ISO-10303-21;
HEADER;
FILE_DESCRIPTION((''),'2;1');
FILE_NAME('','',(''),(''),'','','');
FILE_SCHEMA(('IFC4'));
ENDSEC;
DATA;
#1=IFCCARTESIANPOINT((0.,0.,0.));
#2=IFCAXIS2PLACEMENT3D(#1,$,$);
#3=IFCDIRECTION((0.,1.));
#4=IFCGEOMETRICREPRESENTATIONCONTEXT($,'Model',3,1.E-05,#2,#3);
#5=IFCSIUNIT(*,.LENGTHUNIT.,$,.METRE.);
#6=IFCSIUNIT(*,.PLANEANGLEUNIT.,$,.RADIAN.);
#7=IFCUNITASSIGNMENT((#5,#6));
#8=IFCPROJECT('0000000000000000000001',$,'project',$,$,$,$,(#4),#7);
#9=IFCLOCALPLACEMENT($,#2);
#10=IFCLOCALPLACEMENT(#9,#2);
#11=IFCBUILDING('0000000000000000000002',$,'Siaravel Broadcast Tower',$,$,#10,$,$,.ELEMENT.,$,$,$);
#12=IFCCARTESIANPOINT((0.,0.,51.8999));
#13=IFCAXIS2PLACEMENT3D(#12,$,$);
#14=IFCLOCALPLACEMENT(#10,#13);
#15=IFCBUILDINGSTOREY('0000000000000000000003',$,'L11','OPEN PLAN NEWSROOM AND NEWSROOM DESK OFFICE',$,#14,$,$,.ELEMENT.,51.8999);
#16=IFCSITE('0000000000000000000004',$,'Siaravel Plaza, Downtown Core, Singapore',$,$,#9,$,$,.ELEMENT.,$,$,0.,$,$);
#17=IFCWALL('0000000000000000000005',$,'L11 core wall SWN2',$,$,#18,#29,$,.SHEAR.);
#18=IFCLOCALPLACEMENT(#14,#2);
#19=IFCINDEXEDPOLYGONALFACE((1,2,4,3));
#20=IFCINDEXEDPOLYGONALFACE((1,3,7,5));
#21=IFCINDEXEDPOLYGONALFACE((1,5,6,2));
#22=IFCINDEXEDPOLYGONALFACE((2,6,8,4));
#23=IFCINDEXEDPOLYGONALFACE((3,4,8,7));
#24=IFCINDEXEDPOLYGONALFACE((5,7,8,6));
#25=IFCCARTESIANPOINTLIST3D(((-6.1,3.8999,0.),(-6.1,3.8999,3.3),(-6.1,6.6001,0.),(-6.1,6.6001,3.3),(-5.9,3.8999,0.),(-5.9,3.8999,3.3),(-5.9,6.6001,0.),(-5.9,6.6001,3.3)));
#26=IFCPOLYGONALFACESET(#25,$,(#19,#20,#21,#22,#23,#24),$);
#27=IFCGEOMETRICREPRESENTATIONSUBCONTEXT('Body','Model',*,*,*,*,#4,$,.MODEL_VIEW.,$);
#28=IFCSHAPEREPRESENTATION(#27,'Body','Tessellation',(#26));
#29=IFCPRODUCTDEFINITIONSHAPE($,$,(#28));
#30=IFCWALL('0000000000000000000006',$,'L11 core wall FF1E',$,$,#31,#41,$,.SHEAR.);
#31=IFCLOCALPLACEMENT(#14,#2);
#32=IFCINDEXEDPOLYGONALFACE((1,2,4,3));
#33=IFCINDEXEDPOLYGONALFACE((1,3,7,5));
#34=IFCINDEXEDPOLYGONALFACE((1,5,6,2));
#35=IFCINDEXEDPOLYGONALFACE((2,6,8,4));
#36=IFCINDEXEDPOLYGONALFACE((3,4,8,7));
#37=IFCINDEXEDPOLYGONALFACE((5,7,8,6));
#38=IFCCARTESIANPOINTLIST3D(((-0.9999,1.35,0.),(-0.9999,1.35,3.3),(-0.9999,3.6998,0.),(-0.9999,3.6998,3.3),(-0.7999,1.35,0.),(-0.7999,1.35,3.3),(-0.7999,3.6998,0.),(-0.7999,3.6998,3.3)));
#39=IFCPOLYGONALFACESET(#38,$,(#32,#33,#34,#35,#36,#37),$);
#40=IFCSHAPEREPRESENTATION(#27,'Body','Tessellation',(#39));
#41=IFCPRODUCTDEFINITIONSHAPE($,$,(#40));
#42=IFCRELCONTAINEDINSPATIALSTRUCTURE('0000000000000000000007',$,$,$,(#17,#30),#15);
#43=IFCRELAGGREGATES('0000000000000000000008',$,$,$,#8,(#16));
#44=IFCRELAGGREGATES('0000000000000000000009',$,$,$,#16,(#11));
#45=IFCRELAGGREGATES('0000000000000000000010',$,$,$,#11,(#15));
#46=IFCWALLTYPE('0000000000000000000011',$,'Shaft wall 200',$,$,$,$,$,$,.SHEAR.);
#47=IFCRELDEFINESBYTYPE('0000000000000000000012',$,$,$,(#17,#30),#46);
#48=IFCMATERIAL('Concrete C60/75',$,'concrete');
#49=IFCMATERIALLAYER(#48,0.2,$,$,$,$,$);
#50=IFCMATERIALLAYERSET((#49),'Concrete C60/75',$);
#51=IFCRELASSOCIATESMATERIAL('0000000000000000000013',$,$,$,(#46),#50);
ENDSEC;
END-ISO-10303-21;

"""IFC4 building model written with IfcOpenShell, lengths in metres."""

from ifc_helpers import new_model, si_unit, direction, frame, frame_2d, origin, place, context, subcontext, project, spatial, rectangle, extrude, material, layer, layer_set, type_object, element, save


model = new_model("IFC4")

# Units and contexts
model_context = context("Model", 3, precision=1e-05, world=origin(), true_north=direction((0.0, 1.0)))
body_context = subcontext(model_context, "Body", "Model", "MODEL_VIEW")
ifc_project = project(units=[si_unit("LENGTHUNIT", "METRE"), si_unit("PLANEANGLEUNIT", "RADIAN")], contexts=[model_context])

# Site, building, storey
site_placement = place(None, origin())
site = spatial("IfcSite", under=ifc_project, at=site_placement, Name="Siaravel Plaza, Downtown Core, Singapore", CompositionType="ELEMENT", RefElevation=0.0)
building_placement = place(site_placement, origin())
building = spatial("IfcBuilding", under=site, at=building_placement, Name="Siaravel Broadcast Tower", CompositionType="ELEMENT")
storey_placement = place(building_placement, frame((0.0, 0.0, 51.8999)))
storey = spatial("IfcBuildingStorey", under=building, at=storey_placement, Name="L11", Description="OPEN PLAN NEWSROOM AND NEWSROOM DESK OFFICE", CompositionType="ELEMENT", Elevation=51.8999)

# Shared definitions
ifc_material_1 = material(Name="Concrete C60/75", Category="concrete")

# Walls
ifc_layer_1 = layer(ifc_material_1, 0.2)
ifc_layer_set_1 = layer_set([ifc_layer_1], Name="Concrete C60/75")
wall_type_1 = type_object("IfcWallType", Name="Shaft wall 200", PredefinedType="SHEAR", material=ifc_layer_set_1)
for number, where, z_axis, x_axis, name in (
    (1, (-6.0, 3.8999, 0.0), (0.0, 0.0, 1.0), (0.0, 1.0, 0.0), "L11 core wall SWN2"),
):
    element("IfcWall", number, at=place(storey_placement, frame(where, z_axis=z_axis, x_axis=x_axis)), inside=storey, type_object=wall_type_1, Name=name, PredefinedType="SHEAR", context=body_context, shape_type="SweptSolid", body=[
        extrude(rectangle(XDim=2.7002, YDim=0.2, at=frame_2d((1.3501, 0.0))), origin(), (0.0, 0.0, 1.0), 3.3),
    ])
wall_1_placement = place(storey_placement, frame((-0.8999, 1.3501, 0.0), z_axis=(0.0, 0.0, 1.0), x_axis=(0.0, 1.0, 0.0)))
element("IfcWall", 2, at=wall_1_placement, inside=storey, type_object=wall_type_1, Name="L11 core wall FF1E", PredefinedType="SHEAR", context=body_context, shape_type="SweptSolid", body=[
    extrude(rectangle(XDim=2.3499, YDim=0.2, at=frame_2d((1.1748, 0.0))), origin(), (0.0, 0.0, 1.0), 3.3),
])

save(model, "model.ifc")
